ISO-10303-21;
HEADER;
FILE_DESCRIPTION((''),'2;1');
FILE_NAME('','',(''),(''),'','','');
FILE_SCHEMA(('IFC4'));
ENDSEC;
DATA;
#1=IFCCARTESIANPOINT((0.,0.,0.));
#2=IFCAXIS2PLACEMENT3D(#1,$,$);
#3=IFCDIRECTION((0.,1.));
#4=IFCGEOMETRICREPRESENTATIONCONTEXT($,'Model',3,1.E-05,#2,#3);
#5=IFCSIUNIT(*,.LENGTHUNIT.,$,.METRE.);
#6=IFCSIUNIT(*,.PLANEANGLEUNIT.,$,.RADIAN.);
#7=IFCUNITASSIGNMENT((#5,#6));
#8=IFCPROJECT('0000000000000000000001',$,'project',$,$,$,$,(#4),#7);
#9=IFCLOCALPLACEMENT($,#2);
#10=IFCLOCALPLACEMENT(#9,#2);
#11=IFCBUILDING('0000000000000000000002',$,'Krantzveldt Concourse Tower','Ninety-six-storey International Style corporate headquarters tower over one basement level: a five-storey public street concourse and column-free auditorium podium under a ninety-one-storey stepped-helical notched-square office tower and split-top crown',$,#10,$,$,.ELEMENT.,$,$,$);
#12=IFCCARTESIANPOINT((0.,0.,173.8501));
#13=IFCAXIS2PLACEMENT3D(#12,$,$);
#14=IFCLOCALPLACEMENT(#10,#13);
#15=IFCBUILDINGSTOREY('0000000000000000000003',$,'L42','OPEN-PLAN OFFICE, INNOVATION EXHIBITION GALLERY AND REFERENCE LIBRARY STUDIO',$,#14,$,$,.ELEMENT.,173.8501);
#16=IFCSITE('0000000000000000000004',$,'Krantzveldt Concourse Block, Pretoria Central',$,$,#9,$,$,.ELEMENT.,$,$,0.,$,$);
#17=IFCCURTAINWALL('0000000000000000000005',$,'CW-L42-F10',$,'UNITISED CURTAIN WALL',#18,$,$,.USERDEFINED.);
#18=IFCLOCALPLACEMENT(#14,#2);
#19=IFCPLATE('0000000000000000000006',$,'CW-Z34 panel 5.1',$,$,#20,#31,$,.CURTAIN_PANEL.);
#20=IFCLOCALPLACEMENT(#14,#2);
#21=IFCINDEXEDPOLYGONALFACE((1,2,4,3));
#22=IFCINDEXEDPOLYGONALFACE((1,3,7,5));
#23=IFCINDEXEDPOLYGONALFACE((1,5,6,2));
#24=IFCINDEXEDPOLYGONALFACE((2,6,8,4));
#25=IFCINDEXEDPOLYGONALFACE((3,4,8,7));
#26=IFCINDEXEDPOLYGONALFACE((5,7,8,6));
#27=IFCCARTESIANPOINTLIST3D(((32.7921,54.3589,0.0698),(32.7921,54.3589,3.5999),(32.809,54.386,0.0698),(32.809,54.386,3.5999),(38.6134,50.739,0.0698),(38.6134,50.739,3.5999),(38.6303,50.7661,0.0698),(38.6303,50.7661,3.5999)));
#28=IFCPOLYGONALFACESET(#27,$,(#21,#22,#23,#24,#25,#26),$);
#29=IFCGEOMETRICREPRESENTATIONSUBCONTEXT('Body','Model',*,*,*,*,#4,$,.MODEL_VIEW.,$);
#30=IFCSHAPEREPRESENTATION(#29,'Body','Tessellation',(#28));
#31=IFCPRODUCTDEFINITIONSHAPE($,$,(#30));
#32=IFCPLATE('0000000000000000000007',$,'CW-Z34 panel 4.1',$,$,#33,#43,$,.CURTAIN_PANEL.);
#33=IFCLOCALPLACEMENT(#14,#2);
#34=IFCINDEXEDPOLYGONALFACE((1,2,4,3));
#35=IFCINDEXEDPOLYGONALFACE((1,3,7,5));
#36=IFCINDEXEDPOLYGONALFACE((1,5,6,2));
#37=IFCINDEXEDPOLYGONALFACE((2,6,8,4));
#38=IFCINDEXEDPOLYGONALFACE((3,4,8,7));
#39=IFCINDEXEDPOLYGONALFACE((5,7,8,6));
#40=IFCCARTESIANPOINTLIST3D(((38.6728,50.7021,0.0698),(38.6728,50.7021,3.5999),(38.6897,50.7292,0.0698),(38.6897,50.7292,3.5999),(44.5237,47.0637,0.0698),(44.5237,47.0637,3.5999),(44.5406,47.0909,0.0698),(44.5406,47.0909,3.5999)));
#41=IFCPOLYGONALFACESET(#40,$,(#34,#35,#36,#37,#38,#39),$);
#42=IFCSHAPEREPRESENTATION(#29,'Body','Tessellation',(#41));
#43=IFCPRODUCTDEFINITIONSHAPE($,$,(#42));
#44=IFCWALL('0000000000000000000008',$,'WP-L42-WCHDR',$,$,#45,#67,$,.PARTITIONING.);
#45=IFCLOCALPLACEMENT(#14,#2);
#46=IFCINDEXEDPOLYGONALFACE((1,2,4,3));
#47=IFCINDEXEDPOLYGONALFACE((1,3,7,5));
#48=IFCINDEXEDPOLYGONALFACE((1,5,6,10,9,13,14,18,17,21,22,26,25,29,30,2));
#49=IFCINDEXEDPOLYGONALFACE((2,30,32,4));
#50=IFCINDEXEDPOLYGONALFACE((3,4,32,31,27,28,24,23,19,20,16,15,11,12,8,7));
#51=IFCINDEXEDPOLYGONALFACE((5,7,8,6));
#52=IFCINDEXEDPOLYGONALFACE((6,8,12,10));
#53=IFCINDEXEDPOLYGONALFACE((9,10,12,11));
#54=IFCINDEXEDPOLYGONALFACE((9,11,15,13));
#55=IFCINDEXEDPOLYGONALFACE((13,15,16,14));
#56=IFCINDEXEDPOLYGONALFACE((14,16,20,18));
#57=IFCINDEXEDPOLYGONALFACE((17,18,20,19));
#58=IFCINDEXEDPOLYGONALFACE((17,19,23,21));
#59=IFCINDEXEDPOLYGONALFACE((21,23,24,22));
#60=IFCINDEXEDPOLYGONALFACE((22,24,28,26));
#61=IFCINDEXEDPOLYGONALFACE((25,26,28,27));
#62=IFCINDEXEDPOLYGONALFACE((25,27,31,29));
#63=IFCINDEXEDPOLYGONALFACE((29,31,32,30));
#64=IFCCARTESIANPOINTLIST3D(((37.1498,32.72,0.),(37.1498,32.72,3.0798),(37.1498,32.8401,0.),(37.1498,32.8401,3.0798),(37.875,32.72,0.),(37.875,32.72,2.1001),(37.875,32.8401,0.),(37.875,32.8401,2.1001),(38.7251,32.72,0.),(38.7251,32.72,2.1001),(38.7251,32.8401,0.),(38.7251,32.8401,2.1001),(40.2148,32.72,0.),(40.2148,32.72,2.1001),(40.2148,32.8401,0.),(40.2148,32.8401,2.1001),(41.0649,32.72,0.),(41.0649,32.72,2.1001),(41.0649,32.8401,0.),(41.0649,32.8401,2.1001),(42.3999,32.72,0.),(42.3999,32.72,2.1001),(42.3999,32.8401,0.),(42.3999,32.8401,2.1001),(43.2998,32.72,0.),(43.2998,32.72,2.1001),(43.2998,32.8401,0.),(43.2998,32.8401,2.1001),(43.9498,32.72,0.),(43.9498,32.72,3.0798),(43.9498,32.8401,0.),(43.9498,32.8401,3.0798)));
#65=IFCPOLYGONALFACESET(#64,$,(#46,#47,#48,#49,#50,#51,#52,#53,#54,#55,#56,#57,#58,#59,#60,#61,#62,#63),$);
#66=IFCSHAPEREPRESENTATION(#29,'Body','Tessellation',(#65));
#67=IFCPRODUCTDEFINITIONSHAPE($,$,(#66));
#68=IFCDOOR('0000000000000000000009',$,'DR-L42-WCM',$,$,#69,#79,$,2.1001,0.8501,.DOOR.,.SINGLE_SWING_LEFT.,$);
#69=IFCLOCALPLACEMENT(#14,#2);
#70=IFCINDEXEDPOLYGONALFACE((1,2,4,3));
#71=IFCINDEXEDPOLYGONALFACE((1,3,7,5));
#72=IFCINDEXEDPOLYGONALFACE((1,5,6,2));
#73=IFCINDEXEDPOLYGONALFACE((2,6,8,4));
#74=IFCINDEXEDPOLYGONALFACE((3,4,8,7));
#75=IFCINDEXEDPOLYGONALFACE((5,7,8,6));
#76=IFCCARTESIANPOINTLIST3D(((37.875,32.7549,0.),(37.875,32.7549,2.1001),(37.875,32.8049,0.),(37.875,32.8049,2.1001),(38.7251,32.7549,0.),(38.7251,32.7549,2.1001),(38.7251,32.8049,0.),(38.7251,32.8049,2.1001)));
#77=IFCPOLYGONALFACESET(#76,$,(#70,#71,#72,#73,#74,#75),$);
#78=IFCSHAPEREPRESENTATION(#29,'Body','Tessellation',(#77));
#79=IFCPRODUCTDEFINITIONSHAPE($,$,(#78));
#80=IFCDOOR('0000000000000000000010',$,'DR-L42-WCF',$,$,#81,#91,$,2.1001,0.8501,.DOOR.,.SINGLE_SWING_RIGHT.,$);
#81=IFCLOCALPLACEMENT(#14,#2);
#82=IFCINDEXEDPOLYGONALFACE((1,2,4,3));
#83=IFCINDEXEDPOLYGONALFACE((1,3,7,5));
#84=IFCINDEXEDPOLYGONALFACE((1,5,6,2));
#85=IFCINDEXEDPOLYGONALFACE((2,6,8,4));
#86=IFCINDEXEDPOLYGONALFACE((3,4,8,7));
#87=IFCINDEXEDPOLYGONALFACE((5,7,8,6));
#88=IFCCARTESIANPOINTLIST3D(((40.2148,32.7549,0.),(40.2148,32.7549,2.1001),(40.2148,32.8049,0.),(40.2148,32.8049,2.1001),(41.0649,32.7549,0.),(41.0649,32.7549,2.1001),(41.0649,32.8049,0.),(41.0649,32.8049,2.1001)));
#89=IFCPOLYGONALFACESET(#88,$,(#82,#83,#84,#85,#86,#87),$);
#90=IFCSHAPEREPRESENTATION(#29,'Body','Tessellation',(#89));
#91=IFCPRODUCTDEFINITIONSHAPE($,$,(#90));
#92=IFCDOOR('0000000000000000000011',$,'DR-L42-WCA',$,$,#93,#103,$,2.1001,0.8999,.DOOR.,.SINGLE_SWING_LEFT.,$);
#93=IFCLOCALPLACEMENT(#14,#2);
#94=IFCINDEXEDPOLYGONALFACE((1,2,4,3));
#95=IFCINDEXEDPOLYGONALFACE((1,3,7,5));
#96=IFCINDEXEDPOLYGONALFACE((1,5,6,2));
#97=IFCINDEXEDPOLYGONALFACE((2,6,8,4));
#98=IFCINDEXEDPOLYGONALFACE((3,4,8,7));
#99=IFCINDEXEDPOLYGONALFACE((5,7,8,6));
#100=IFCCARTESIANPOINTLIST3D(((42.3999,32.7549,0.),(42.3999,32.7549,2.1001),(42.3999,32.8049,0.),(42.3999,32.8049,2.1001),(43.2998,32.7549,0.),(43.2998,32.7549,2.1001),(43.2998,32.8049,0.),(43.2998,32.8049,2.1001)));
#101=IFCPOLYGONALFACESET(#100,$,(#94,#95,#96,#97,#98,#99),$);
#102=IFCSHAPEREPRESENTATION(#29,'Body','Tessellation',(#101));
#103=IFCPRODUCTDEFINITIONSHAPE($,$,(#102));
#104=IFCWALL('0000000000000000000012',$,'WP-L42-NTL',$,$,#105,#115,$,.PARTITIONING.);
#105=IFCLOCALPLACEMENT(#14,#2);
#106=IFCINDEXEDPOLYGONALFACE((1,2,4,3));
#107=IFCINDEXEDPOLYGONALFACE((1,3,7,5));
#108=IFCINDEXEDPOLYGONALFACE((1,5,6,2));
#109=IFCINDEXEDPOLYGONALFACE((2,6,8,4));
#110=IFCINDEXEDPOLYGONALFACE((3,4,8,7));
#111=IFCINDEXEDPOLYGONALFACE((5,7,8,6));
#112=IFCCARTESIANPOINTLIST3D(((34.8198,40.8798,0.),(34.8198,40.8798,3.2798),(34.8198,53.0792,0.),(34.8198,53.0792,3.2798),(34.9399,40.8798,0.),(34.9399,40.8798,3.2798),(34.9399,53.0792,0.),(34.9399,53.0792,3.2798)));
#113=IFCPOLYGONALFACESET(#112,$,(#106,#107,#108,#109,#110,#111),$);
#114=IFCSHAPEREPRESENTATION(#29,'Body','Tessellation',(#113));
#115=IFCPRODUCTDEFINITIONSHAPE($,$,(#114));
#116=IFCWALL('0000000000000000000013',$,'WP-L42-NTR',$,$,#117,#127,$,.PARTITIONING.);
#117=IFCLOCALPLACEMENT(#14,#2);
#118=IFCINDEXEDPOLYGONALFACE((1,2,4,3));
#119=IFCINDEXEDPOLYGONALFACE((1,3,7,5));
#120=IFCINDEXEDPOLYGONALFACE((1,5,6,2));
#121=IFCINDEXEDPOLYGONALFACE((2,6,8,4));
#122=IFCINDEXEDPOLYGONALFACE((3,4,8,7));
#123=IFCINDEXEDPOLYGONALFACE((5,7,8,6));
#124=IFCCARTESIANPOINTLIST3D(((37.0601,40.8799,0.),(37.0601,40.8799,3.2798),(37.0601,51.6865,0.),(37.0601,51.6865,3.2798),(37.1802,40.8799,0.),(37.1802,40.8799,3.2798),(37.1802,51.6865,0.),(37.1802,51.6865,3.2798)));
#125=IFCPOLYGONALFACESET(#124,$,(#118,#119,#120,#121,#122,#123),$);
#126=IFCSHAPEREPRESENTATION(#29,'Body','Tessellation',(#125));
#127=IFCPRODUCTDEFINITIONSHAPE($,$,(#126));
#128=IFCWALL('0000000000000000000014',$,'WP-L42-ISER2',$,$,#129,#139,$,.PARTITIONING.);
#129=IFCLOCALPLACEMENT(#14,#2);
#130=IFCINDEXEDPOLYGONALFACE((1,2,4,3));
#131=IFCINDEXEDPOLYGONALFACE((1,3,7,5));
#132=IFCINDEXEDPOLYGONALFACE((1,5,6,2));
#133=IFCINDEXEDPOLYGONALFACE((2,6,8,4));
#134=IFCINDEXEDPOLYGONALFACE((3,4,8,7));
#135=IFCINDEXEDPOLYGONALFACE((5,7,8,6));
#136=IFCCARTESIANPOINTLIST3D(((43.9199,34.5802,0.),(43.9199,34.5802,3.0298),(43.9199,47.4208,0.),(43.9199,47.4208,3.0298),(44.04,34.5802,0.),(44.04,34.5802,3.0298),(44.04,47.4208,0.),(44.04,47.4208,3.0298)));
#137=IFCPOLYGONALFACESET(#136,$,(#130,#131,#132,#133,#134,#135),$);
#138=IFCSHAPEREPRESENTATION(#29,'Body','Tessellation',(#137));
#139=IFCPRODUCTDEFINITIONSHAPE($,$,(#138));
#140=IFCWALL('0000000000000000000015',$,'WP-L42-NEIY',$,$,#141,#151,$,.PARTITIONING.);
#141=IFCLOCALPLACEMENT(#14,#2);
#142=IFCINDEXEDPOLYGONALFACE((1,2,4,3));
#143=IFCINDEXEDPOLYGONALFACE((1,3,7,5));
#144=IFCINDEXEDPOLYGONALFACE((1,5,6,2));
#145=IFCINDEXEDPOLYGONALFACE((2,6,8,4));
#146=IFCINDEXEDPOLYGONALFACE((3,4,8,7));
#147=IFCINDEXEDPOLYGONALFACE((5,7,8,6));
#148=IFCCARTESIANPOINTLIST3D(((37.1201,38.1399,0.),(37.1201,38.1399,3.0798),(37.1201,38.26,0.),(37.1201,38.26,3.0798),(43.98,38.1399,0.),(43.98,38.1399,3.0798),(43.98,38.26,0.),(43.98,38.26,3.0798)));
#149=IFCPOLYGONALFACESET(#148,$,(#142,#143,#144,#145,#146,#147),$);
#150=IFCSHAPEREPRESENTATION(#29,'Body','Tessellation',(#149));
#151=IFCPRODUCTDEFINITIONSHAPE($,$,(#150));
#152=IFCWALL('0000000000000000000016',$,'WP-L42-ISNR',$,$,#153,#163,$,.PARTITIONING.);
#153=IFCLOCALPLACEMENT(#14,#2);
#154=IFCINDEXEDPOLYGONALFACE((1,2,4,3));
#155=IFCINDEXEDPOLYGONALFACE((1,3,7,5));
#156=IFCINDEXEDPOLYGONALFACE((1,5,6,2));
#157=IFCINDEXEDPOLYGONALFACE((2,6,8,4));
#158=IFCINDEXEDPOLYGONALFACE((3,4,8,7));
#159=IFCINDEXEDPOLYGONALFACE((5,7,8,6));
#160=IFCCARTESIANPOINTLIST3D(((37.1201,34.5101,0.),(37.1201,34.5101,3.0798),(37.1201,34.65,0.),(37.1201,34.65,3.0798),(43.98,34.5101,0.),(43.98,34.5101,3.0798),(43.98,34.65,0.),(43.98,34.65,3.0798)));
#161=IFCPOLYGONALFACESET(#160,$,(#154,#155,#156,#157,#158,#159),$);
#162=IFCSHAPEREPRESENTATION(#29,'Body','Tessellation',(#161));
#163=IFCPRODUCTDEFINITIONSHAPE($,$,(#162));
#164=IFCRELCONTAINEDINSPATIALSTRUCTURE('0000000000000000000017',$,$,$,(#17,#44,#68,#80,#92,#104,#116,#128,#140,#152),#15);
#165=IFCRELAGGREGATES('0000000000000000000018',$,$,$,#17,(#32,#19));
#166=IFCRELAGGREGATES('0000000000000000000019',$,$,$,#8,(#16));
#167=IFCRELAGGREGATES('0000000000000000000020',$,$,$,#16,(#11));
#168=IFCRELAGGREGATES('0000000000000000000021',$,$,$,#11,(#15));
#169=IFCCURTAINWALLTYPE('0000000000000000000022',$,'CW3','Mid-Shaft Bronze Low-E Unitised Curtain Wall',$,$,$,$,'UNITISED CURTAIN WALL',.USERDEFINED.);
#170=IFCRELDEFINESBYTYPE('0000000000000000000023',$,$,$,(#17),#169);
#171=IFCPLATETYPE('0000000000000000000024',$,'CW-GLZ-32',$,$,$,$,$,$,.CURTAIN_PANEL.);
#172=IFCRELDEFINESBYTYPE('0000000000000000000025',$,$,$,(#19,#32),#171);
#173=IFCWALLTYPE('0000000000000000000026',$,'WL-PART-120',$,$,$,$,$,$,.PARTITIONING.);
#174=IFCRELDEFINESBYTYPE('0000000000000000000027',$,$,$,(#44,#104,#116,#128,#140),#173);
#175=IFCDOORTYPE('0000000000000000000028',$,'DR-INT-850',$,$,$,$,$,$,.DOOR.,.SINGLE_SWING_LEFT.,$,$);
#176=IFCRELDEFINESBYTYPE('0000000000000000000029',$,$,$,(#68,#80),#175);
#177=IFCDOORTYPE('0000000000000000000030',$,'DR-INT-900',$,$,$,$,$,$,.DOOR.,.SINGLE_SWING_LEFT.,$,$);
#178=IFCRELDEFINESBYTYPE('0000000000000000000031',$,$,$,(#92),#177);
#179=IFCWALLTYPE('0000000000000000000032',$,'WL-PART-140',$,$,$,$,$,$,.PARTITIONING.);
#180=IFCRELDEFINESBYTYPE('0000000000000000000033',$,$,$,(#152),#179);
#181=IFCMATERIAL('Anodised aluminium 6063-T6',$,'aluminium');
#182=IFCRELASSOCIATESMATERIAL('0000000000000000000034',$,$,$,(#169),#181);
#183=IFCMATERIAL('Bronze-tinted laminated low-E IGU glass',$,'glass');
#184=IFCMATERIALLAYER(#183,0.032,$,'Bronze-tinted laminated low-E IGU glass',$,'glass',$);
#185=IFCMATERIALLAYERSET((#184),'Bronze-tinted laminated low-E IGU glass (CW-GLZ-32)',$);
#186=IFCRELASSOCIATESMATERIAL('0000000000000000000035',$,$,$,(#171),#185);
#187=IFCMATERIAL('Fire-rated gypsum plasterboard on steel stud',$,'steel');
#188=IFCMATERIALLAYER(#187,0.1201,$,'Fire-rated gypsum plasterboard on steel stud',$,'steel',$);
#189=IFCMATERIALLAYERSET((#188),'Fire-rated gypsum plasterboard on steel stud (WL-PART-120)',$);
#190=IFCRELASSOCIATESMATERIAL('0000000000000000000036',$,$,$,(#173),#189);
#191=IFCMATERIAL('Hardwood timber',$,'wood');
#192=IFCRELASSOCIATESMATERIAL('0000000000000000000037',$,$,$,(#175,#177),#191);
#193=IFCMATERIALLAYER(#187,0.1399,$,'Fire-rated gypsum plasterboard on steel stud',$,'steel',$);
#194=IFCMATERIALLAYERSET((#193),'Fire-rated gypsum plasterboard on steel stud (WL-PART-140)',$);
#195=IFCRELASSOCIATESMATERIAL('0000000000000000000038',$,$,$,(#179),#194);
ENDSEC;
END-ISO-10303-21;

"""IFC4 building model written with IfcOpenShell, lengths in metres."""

from ifc_helpers import new_model, si_unit, direction, frame, frame_2d, origin, origin_2d, place, context, subcontext, project, spatial, rectangle, extrude, source, transform, mapped, material, layer, layer_set, type_object, type_shapes, element, fill, aggregate, save


model = new_model("IFC4")

# Units and contexts
model_context = context("Model", 3, precision=1e-05, world=origin(), true_north=direction((0.0, 1.0)))
body_context = subcontext(model_context, "Body", "Model", "MODEL_VIEW")
ifc_project = project(units=[si_unit("LENGTHUNIT", "METRE"), si_unit("PLANEANGLEUNIT", "RADIAN")], contexts=[model_context])

# Site, building, storey
site_placement = place(None, origin())
site = spatial("IfcSite", under=ifc_project, at=site_placement, Name="Krantzveldt Concourse Block, Pretoria Central", CompositionType="ELEMENT", RefElevation=0.0)
building_placement = place(site_placement, origin())
building = spatial("IfcBuilding", under=site, at=building_placement, Name="Krantzveldt Concourse Tower", Description="Ninety-six-storey International Style corporate headquarters tower over one basement level: a five-storey public street concourse and column-free auditorium podium under a ninety-one-storey stepped-helical notched-square office tower and split-top crown", CompositionType="ELEMENT")
storey_placement = place(building_placement, frame((0.0, 0.0, 173.8501)))
storey = spatial("IfcBuildingStorey", under=building, at=storey_placement, Name="L42", Description="OPEN-PLAN OFFICE, INNOVATION EXHIBITION GALLERY AND REFERENCE LIBRARY STUDIO", CompositionType="ELEMENT", Elevation=173.8501)

# Curtain wall, plates
ifc_material_1 = material(Name="Anodised aluminium 6063-T6", Category="aluminium")
curtain_wall_type = type_object("IfcCurtainWallType", Name="CW3", Description="Mid-Shaft Bronze Low-E Unitised Curtain Wall", ElementType="UNITISED CURTAIN WALL", PredefinedType="USERDEFINED", material=ifc_material_1)
curtain_wall_placement = place(storey_placement, origin())
curtain_wall = element("IfcCurtainWall", 1, at=curtain_wall_placement, inside=storey, type_object=curtain_wall_type, Name="CW-L42-F10", ObjectType="UNITISED CURTAIN WALL", PredefinedType="USERDEFINED")
ifc_material_2 = material(Name="Bronze-tinted laminated low-E IGU glass", Category="glass")
ifc_layer_1 = layer(ifc_material_2, 0.032, Name="Bronze-tinted laminated low-E IGU glass", Category="glass")
ifc_layer_set_1 = layer_set([ifc_layer_1], Name="Bronze-tinted laminated low-E IGU glass (CW-GLZ-32)")
plate_type = type_object("IfcPlateType", Name="CW-GLZ-32", PredefinedType="CURTAIN_PANEL", material=ifc_layer_set_1)
shared_shape_1 = source(origin(), body_context, "Body", "SweptSolid", [
    extrude(rectangle(XDim=6.855, YDim=0.032, at=origin_2d()), origin(), (0.0, 0.0, 1.0), 3.53),
])
plate_1_placement = place(storey_placement, frame((35.7112, 52.5625, 0.0698), z_axis=(0.0, 0.0, 1.0), x_axis=(-0.849202, 0.528068, 0.0)))
plate_1 = element("IfcPlate", 2, at=plate_1_placement, type_object=plate_type, Name="CW-Z34 panel 5.1", PredefinedType="CURTAIN_PANEL", context=body_context, shape_type="MappedRepresentation", body=[
    mapped(shared_shape_1, transform((0.0, 0.0, 0.0), x_axis=(1.0, 0.0, 0.0), y_axis=(0.0, 1.0, 0.0), z_axis=(0.0, 0.0, 1.0), scale=1.0)),
])
shared_shape_2 = source(origin(), body_context, "Body", "SweptSolid", [
    extrude(rectangle(XDim=6.8899, YDim=0.032, at=origin_2d()), origin(), (0.0, 0.0, 1.0), 3.53),
])
type_shapes(plate_type, [shared_shape_1, shared_shape_2])
plate_2_placement = place(storey_placement, frame((41.6067, 48.8965, 0.0698), z_axis=(0.0, 0.0, 1.0), x_axis=(-0.849202, 0.528068, 0.0)))
plate_2 = element("IfcPlate", 3, at=plate_2_placement, type_object=plate_type, Name="CW-Z34 panel 4.1", PredefinedType="CURTAIN_PANEL", context=body_context, shape_type="MappedRepresentation", body=[
    mapped(shared_shape_2, transform((0.0, 0.0, 0.0), x_axis=(1.0, 0.0, 0.0), y_axis=(0.0, 1.0, 0.0), z_axis=(0.0, 0.0, 1.0), scale=1.0)),
])
aggregate(curtain_wall, [plate_2, plate_1])

# Wall, openings, doors
ifc_material_3 = material(Name="Fire-rated gypsum plasterboard on steel stud", Category="steel")
ifc_layer_2 = layer(ifc_material_3, 0.1201, Name="Fire-rated gypsum plasterboard on steel stud", Category="steel")
ifc_layer_set_2 = layer_set([ifc_layer_2], Name="Fire-rated gypsum plasterboard on steel stud (WL-PART-120)")
wall_type_1 = type_object("IfcWallType", Name="WL-PART-120", PredefinedType="PARTITIONING", material=ifc_layer_set_2)
wall_1_placement = place(storey_placement, frame((37.1499, 32.78, 0.0), z_axis=(0.0, 0.0, 1.0), x_axis=(1.0, 0.0, 0.0)))
wall_1 = element("IfcWall", 4, at=wall_1_placement, inside=storey, type_object=wall_type_1, Name="WP-L42-WCHDR", PredefinedType="PARTITIONING", context=body_context, shape_type="SweptSolid", body=[
    extrude(rectangle(XDim=6.8, YDim=0.1201, at=frame_2d((3.3999, 0.0))), origin(), (0.0, 0.0, 1.0), 3.0798),
])
opening_1_placement = place(wall_1_placement, frame((0.7251, 0.0, 0.0)))
opening_1 = element("IfcOpeningElement", 5, at=opening_1_placement, cuts=wall_1, PredefinedType="OPENING", context=body_context, shape_type="SweptSolid", body=[
    extrude(rectangle(XDim=0.8501, YDim=2.1001, at=frame_2d((0.425, 1.05))), frame((0.0, 0.0701, 0.0), z_axis=(0.0, -1.0, 0.0), x_axis=(1.0, 0.0, 0.0)), (0.0, 0.0, 1.0), 0.1401),
])
opening_2_placement = place(wall_1_placement, frame((3.0649, 0.0, 0.0)))
opening_2 = element("IfcOpeningElement", 6, at=opening_2_placement, cuts=wall_1, PredefinedType="OPENING", context=body_context, shape_type="SweptSolid", body=[
    extrude(rectangle(XDim=0.8501, YDim=2.1001, at=frame_2d((0.425, 1.05))), frame((0.0, 0.0701, 0.0), z_axis=(0.0, -1.0, 0.0), x_axis=(1.0, 0.0, 0.0)), (0.0, 0.0, 1.0), 0.1401),
])
opening_3_placement = place(wall_1_placement, frame((5.25, 0.0, 0.0)))
opening_3 = element("IfcOpeningElement", 7, at=opening_3_placement, cuts=wall_1, PredefinedType="OPENING", context=body_context, shape_type="SweptSolid", body=[
    extrude(rectangle(XDim=0.8999, YDim=2.1001, at=frame_2d((0.45, 1.05))), frame((0.0, 0.0701, 0.0), z_axis=(0.0, -1.0, 0.0), x_axis=(1.0, 0.0, 0.0)), (0.0, 0.0, 1.0), 0.1401),
])
ifc_material_4 = material(Name="Hardwood timber", Category="wood")
door_type_1 = type_object("IfcDoorType", Name="DR-INT-850", OperationType="SINGLE_SWING_LEFT", PredefinedType="DOOR", material=ifc_material_4)
door_1_placement = place(opening_1_placement, origin())
door_1 = element("IfcDoor", 8, at=door_1_placement, inside=storey, type_object=door_type_1, Name="DR-L42-WCM", OperationType="SINGLE_SWING_LEFT", OverallHeight=2.1001, OverallWidth=0.8501, PredefinedType="DOOR", context=body_context, shape_type="SweptSolid", body=[
    extrude(rectangle(XDim=0.8501, YDim=2.1001, at=frame_2d((0.425, 1.05))), frame((0.0, 0.0249, 0.0), z_axis=(0.0, -1.0, 0.0), x_axis=(1.0, 0.0, 0.0)), (0.0, 0.0, 1.0), 0.05),
])
fill(opening_1, door_1)
door_2_placement = place(opening_2_placement, origin())
door_2 = element("IfcDoor", 9, at=door_2_placement, inside=storey, type_object=door_type_1, Name="DR-L42-WCF", OperationType="SINGLE_SWING_RIGHT", OverallHeight=2.1001, OverallWidth=0.8501, PredefinedType="DOOR", context=body_context, shape_type="SweptSolid", body=[
    extrude(rectangle(XDim=0.8501, YDim=2.1001, at=frame_2d((0.425, 1.05))), frame((0.0, 0.0249, 0.0), z_axis=(0.0, -1.0, 0.0), x_axis=(1.0, 0.0, 0.0)), (0.0, 0.0, 1.0), 0.05),
])
fill(opening_2, door_2)
door_type_2 = type_object("IfcDoorType", Name="DR-INT-900", OperationType="SINGLE_SWING_LEFT", PredefinedType="DOOR", material=ifc_material_4)
door_3_placement = place(opening_3_placement, origin())
door_3 = element("IfcDoor", 10, at=door_3_placement, inside=storey, type_object=door_type_2, Name="DR-L42-WCA", OperationType="SINGLE_SWING_LEFT", OverallHeight=2.1001, OverallWidth=0.8999, PredefinedType="DOOR", context=body_context, shape_type="SweptSolid", body=[
    extrude(rectangle(XDim=0.8999, YDim=2.1001, at=frame_2d((0.45, 1.05))), frame((0.0, 0.0249, 0.0), z_axis=(0.0, -1.0, 0.0), x_axis=(1.0, 0.0, 0.0)), (0.0, 0.0, 1.0), 0.05),
])
fill(opening_3, door_3)

# Walls
wall_2_placement = place(storey_placement, frame((34.8799, 40.8799, 0.0), z_axis=(0.0, 0.0, 1.0), x_axis=(0.0, 1.0, 0.0)))
element("IfcWall", 11, at=wall_2_placement, inside=storey, type_object=wall_type_1, Name="WP-L42-NTL", PredefinedType="PARTITIONING", context=body_context, shape_type="SweptSolid", body=[
    extrude(rectangle(XDim=12.1995, YDim=0.1201, at=frame_2d((6.0996, 0.0))), origin(), (0.0, 0.0, 1.0), 3.2798),
])
wall_3_placement = place(storey_placement, frame((37.1201, 40.8799, 0.0), z_axis=(0.0, 0.0, 1.0), x_axis=(0.0, 1.0, 0.0)))
element("IfcWall", 12, at=wall_3_placement, inside=storey, type_object=wall_type_1, Name="WP-L42-NTR", PredefinedType="PARTITIONING", context=body_context, shape_type="SweptSolid", body=[
    extrude(rectangle(XDim=10.8066, YDim=0.1201, at=frame_2d((5.4033, 0.0))), origin(), (0.0, 0.0, 1.0), 3.2798),
])
wall_4_placement = place(storey_placement, frame((43.98, 34.5801, 0.0), z_axis=(0.0, 0.0, 1.0), x_axis=(0.0, 1.0, 0.0)))
element("IfcWall", 13, at=wall_4_placement, inside=storey, type_object=wall_type_1, Name="WP-L42-ISER2", PredefinedType="PARTITIONING", context=body_context, shape_type="SweptSolid", body=[
    extrude(rectangle(XDim=12.8406, YDim=0.1201, at=frame_2d((6.4204, 0.0))), origin(), (0.0, 0.0, 1.0), 3.0298),
])
wall_5_placement = place(storey_placement, frame((37.1201, 38.2, 0.0), z_axis=(0.0, 0.0, 1.0), x_axis=(1.0, 0.0, 0.0)))
element("IfcWall", 14, at=wall_5_placement, inside=storey, type_object=wall_type_1, Name="WP-L42-NEIY", PredefinedType="PARTITIONING", context=body_context, shape_type="SweptSolid", body=[
    extrude(rectangle(XDim=6.8599, YDim=0.1201, at=frame_2d((3.4299, 0.0))), origin(), (0.0, 0.0, 1.0), 3.0798),
])
ifc_layer_3 = layer(ifc_material_3, 0.1399, Name="Fire-rated gypsum plasterboard on steel stud", Category="steel")
ifc_layer_set_3 = layer_set([ifc_layer_3], Name="Fire-rated gypsum plasterboard on steel stud (WL-PART-140)")
wall_type_2 = type_object("IfcWallType", Name="WL-PART-140", PredefinedType="PARTITIONING", material=ifc_layer_set_3)
wall_6_placement = place(storey_placement, frame((37.1201, 34.5801, 0.0), z_axis=(0.0, 0.0, 1.0), x_axis=(1.0, 0.0, 0.0)))
element("IfcWall", 15, at=wall_6_placement, inside=storey, type_object=wall_type_2, Name="WP-L42-ISNR", PredefinedType="PARTITIONING", context=body_context, shape_type="SweptSolid", body=[
    extrude(rectangle(XDim=6.8599, YDim=0.1399, at=frame_2d((3.4299, 0.0))), origin(), (0.0, 0.0, 1.0), 3.0798),
])

save(model, "model.ifc")
